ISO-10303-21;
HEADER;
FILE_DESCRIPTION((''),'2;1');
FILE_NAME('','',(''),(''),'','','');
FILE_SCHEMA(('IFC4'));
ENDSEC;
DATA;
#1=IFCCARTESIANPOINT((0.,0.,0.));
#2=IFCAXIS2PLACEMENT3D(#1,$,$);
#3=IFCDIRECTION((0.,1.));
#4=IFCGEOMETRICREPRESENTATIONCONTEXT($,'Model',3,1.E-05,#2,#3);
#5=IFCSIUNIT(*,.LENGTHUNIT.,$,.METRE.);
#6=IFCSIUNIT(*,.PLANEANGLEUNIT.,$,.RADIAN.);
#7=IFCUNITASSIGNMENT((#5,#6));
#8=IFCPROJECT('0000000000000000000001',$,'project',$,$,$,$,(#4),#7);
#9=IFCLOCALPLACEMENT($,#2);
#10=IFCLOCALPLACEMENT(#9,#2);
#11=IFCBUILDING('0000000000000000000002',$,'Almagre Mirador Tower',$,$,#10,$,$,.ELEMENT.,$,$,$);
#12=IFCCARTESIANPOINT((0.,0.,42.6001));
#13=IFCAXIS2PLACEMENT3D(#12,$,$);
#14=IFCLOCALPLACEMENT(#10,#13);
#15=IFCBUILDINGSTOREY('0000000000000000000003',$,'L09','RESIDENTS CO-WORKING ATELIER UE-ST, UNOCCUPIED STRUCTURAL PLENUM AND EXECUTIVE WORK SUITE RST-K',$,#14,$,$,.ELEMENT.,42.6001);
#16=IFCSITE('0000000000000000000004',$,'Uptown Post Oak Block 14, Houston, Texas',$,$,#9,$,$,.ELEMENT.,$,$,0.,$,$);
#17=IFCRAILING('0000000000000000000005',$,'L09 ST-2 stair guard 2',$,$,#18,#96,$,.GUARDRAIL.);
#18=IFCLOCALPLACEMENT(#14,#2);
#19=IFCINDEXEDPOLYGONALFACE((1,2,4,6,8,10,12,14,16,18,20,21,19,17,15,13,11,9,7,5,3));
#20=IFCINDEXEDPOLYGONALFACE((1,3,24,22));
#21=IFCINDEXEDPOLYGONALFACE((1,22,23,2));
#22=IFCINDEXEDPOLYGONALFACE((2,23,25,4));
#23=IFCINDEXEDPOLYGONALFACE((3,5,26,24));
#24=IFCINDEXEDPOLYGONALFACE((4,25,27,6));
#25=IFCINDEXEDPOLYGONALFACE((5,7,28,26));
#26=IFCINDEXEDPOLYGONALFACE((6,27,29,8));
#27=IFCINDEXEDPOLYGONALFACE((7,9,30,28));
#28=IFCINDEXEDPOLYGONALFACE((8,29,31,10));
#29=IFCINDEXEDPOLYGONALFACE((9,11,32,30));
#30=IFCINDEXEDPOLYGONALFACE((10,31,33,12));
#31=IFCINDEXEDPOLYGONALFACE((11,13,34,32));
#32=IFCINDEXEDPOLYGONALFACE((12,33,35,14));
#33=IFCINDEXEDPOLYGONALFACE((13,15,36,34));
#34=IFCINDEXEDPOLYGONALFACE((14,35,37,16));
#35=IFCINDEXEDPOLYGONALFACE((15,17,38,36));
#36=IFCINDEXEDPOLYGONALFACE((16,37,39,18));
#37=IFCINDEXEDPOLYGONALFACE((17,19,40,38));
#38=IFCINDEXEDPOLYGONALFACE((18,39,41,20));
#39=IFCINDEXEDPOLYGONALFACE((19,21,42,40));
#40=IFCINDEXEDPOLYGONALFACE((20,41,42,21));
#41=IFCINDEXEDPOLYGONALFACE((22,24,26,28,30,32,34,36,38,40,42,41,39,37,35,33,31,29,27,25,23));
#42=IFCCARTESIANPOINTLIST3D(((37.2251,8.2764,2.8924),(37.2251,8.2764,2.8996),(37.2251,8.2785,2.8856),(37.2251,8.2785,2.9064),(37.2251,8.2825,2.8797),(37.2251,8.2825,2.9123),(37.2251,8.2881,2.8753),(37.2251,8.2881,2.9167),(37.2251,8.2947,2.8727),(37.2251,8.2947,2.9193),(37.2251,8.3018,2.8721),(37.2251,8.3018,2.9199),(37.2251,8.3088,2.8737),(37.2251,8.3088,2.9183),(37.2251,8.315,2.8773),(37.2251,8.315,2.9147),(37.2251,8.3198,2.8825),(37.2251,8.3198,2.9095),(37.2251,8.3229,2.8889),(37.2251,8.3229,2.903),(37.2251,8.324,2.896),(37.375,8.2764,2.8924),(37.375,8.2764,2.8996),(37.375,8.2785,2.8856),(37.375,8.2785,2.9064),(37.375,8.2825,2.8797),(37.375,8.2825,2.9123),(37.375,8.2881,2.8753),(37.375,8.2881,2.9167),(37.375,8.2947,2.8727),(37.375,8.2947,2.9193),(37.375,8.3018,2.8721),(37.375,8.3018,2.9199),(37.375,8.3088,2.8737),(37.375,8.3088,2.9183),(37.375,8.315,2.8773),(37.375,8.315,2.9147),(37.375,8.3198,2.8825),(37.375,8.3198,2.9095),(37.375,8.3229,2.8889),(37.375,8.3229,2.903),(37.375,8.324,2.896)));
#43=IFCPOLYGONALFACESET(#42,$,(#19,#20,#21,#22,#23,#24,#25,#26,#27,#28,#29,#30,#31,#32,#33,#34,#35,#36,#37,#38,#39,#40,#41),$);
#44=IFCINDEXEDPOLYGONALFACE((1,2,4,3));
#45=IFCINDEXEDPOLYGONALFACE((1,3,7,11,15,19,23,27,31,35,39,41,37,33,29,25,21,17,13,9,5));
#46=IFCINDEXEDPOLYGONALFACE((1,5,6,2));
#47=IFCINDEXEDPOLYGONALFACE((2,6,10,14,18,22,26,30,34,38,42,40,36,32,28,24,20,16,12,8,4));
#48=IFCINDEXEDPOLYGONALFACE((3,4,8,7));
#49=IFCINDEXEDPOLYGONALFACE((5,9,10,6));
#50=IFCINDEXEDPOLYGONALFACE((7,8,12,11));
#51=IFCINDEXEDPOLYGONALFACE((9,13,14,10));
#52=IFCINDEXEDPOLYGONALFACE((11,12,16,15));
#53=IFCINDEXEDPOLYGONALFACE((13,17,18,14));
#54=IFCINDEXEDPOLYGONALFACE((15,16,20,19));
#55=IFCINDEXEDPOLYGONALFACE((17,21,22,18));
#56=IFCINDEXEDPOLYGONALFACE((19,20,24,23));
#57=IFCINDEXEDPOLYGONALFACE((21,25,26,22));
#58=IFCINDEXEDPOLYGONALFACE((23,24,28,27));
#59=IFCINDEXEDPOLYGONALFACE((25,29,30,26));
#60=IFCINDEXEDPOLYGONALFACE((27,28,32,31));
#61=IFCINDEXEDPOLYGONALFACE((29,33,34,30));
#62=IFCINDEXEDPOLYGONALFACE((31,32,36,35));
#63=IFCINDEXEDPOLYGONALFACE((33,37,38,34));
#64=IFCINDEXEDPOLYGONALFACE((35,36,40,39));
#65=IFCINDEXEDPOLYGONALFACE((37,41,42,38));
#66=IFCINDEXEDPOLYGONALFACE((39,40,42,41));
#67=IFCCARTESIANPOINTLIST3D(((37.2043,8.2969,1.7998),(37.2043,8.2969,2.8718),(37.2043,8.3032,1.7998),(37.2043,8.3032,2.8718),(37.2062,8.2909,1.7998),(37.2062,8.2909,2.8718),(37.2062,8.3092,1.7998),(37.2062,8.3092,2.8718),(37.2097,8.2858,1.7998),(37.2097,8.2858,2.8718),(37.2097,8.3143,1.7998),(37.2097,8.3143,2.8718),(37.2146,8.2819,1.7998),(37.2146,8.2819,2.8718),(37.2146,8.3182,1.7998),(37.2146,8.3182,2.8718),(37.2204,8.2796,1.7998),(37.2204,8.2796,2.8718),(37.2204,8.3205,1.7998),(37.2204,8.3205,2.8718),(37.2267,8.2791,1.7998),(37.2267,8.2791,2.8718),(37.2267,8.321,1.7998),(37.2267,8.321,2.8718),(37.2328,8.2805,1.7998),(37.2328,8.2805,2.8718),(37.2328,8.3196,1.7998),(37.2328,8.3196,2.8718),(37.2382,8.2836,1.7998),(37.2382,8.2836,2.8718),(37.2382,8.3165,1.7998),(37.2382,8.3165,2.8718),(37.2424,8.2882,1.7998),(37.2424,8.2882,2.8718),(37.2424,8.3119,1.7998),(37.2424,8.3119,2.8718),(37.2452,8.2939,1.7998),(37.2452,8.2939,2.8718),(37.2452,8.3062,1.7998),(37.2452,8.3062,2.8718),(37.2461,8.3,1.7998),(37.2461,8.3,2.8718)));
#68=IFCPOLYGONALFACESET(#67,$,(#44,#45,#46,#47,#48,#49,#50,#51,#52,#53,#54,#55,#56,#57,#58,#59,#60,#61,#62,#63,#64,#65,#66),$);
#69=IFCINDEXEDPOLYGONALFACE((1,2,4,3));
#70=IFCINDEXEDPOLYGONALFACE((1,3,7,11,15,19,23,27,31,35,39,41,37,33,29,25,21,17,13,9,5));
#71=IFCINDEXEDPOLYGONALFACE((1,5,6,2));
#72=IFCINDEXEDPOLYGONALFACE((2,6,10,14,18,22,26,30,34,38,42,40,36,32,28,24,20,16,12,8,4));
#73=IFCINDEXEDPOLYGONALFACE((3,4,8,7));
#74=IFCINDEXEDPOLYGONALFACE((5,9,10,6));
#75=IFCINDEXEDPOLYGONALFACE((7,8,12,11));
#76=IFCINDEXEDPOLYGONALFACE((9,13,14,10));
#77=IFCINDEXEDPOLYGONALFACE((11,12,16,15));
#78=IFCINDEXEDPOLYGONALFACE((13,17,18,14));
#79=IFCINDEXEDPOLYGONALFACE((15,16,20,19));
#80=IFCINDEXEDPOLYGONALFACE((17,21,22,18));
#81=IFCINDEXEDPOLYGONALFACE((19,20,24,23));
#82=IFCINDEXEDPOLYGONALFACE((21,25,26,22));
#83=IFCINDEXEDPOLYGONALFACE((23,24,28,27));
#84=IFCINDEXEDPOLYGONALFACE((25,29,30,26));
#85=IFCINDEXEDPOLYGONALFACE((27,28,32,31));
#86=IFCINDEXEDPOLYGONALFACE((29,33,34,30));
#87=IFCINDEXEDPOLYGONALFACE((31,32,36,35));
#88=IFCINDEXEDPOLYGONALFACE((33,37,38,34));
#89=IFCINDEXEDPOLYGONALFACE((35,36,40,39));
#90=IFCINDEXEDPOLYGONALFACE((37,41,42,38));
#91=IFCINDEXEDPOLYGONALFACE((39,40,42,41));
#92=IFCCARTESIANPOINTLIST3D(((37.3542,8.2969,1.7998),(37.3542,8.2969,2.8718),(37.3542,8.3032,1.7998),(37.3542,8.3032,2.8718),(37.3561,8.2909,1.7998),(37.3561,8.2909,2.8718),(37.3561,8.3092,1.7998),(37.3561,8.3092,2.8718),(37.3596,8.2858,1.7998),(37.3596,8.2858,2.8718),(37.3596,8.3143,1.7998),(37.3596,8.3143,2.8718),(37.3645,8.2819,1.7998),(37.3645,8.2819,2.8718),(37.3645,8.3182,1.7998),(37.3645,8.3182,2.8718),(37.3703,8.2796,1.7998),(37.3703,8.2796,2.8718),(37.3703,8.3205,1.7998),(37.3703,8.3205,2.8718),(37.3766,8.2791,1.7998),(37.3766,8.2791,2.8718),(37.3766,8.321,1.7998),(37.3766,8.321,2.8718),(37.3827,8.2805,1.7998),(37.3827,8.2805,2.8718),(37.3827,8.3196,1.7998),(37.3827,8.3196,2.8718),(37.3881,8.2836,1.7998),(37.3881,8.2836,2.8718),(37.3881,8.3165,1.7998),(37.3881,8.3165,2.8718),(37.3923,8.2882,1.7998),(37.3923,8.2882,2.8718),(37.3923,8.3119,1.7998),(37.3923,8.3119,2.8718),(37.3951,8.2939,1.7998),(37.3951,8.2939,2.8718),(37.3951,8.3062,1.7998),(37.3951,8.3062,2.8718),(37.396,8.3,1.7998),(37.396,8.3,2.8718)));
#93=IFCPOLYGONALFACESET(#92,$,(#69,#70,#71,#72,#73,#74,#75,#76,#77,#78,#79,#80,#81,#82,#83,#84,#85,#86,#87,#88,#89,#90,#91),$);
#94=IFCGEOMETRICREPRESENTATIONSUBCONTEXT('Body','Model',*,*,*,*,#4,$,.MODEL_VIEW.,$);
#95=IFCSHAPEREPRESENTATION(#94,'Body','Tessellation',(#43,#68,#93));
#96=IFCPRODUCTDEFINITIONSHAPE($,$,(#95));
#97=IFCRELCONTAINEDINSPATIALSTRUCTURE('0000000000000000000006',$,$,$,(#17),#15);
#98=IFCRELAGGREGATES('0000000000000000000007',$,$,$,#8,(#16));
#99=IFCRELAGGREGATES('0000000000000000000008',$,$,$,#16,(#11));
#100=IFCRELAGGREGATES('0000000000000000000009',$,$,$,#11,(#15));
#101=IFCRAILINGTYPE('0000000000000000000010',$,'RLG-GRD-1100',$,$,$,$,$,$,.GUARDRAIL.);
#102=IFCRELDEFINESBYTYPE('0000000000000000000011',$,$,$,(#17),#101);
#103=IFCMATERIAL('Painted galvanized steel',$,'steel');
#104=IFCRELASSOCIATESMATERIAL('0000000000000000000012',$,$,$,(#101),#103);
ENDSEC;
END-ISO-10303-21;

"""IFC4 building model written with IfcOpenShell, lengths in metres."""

from ifc_helpers import new_model, si_unit, direction, frame, origin, origin_2d, place, context, subcontext, project, spatial, circle, extrude, material, type_object, element, save


model = new_model("IFC4")

# Units and contexts
model_context = context("Model", 3, precision=1e-05, world=origin(), true_north=direction((0.0, 1.0)))
body_context = subcontext(model_context, "Body", "Model", "MODEL_VIEW")
ifc_project = project(units=[si_unit("LENGTHUNIT", "METRE"), si_unit("PLANEANGLEUNIT", "RADIAN")], contexts=[model_context])

# Site, building, storey
site_placement = place(None, origin())
site = spatial("IfcSite", under=ifc_project, at=site_placement, Name="Uptown Post Oak Block 14, Houston, Texas", CompositionType="ELEMENT", RefElevation=0.0)
building_placement = place(site_placement, origin())
building = spatial("IfcBuilding", under=site, at=building_placement, Name="Almagre Mirador Tower", CompositionType="ELEMENT")
storey_placement = place(building_placement, frame((0.0, 0.0, 42.6001)))
storey = spatial("IfcBuildingStorey", under=building, at=storey_placement, Name="L09", Description="RESIDENTS CO-WORKING ATELIER UE-ST, UNOCCUPIED STRUCTURAL PLENUM AND EXECUTIVE WORK SUITE RST-K", CompositionType="ELEMENT", Elevation=42.6001)

# Railing
ifc_material_1 = material(Name="Painted galvanized steel", Category="steel")
railing_type_1 = type_object("IfcRailingType", Name="RLG-GRD-1100", PredefinedType="GUARDRAIL", material=ifc_material_1)
railing_1_placement = place(storey_placement, frame((37.2251, 8.3, 1.7998)))
element("IfcRailing", 1, at=railing_1_placement, inside=storey, type_object=railing_type_1, Name="L09 ST-2 stair guard 2", PredefinedType="GUARDRAIL", context=body_context, shape_type="SweptSolid", body=[
    extrude(circle(Radius=0.0239, at=origin_2d()), frame((0.0, 0.0, 1.0962), z_axis=(1.0, 0.0, 0.0), x_axis=(0.0, 1.0, 0.0)), (0.0, 0.0, 1.0), 0.1499),
    extrude(circle(Radius=0.021, at=origin_2d()), origin(), (0.0, 0.0, 1.0), 1.072),
    extrude(circle(Radius=0.021, at=origin_2d()), frame((0.1499, 0.0, 0.0)), (0.0, 0.0, 1.0), 1.072),
])

save(model, "model.ifc")
